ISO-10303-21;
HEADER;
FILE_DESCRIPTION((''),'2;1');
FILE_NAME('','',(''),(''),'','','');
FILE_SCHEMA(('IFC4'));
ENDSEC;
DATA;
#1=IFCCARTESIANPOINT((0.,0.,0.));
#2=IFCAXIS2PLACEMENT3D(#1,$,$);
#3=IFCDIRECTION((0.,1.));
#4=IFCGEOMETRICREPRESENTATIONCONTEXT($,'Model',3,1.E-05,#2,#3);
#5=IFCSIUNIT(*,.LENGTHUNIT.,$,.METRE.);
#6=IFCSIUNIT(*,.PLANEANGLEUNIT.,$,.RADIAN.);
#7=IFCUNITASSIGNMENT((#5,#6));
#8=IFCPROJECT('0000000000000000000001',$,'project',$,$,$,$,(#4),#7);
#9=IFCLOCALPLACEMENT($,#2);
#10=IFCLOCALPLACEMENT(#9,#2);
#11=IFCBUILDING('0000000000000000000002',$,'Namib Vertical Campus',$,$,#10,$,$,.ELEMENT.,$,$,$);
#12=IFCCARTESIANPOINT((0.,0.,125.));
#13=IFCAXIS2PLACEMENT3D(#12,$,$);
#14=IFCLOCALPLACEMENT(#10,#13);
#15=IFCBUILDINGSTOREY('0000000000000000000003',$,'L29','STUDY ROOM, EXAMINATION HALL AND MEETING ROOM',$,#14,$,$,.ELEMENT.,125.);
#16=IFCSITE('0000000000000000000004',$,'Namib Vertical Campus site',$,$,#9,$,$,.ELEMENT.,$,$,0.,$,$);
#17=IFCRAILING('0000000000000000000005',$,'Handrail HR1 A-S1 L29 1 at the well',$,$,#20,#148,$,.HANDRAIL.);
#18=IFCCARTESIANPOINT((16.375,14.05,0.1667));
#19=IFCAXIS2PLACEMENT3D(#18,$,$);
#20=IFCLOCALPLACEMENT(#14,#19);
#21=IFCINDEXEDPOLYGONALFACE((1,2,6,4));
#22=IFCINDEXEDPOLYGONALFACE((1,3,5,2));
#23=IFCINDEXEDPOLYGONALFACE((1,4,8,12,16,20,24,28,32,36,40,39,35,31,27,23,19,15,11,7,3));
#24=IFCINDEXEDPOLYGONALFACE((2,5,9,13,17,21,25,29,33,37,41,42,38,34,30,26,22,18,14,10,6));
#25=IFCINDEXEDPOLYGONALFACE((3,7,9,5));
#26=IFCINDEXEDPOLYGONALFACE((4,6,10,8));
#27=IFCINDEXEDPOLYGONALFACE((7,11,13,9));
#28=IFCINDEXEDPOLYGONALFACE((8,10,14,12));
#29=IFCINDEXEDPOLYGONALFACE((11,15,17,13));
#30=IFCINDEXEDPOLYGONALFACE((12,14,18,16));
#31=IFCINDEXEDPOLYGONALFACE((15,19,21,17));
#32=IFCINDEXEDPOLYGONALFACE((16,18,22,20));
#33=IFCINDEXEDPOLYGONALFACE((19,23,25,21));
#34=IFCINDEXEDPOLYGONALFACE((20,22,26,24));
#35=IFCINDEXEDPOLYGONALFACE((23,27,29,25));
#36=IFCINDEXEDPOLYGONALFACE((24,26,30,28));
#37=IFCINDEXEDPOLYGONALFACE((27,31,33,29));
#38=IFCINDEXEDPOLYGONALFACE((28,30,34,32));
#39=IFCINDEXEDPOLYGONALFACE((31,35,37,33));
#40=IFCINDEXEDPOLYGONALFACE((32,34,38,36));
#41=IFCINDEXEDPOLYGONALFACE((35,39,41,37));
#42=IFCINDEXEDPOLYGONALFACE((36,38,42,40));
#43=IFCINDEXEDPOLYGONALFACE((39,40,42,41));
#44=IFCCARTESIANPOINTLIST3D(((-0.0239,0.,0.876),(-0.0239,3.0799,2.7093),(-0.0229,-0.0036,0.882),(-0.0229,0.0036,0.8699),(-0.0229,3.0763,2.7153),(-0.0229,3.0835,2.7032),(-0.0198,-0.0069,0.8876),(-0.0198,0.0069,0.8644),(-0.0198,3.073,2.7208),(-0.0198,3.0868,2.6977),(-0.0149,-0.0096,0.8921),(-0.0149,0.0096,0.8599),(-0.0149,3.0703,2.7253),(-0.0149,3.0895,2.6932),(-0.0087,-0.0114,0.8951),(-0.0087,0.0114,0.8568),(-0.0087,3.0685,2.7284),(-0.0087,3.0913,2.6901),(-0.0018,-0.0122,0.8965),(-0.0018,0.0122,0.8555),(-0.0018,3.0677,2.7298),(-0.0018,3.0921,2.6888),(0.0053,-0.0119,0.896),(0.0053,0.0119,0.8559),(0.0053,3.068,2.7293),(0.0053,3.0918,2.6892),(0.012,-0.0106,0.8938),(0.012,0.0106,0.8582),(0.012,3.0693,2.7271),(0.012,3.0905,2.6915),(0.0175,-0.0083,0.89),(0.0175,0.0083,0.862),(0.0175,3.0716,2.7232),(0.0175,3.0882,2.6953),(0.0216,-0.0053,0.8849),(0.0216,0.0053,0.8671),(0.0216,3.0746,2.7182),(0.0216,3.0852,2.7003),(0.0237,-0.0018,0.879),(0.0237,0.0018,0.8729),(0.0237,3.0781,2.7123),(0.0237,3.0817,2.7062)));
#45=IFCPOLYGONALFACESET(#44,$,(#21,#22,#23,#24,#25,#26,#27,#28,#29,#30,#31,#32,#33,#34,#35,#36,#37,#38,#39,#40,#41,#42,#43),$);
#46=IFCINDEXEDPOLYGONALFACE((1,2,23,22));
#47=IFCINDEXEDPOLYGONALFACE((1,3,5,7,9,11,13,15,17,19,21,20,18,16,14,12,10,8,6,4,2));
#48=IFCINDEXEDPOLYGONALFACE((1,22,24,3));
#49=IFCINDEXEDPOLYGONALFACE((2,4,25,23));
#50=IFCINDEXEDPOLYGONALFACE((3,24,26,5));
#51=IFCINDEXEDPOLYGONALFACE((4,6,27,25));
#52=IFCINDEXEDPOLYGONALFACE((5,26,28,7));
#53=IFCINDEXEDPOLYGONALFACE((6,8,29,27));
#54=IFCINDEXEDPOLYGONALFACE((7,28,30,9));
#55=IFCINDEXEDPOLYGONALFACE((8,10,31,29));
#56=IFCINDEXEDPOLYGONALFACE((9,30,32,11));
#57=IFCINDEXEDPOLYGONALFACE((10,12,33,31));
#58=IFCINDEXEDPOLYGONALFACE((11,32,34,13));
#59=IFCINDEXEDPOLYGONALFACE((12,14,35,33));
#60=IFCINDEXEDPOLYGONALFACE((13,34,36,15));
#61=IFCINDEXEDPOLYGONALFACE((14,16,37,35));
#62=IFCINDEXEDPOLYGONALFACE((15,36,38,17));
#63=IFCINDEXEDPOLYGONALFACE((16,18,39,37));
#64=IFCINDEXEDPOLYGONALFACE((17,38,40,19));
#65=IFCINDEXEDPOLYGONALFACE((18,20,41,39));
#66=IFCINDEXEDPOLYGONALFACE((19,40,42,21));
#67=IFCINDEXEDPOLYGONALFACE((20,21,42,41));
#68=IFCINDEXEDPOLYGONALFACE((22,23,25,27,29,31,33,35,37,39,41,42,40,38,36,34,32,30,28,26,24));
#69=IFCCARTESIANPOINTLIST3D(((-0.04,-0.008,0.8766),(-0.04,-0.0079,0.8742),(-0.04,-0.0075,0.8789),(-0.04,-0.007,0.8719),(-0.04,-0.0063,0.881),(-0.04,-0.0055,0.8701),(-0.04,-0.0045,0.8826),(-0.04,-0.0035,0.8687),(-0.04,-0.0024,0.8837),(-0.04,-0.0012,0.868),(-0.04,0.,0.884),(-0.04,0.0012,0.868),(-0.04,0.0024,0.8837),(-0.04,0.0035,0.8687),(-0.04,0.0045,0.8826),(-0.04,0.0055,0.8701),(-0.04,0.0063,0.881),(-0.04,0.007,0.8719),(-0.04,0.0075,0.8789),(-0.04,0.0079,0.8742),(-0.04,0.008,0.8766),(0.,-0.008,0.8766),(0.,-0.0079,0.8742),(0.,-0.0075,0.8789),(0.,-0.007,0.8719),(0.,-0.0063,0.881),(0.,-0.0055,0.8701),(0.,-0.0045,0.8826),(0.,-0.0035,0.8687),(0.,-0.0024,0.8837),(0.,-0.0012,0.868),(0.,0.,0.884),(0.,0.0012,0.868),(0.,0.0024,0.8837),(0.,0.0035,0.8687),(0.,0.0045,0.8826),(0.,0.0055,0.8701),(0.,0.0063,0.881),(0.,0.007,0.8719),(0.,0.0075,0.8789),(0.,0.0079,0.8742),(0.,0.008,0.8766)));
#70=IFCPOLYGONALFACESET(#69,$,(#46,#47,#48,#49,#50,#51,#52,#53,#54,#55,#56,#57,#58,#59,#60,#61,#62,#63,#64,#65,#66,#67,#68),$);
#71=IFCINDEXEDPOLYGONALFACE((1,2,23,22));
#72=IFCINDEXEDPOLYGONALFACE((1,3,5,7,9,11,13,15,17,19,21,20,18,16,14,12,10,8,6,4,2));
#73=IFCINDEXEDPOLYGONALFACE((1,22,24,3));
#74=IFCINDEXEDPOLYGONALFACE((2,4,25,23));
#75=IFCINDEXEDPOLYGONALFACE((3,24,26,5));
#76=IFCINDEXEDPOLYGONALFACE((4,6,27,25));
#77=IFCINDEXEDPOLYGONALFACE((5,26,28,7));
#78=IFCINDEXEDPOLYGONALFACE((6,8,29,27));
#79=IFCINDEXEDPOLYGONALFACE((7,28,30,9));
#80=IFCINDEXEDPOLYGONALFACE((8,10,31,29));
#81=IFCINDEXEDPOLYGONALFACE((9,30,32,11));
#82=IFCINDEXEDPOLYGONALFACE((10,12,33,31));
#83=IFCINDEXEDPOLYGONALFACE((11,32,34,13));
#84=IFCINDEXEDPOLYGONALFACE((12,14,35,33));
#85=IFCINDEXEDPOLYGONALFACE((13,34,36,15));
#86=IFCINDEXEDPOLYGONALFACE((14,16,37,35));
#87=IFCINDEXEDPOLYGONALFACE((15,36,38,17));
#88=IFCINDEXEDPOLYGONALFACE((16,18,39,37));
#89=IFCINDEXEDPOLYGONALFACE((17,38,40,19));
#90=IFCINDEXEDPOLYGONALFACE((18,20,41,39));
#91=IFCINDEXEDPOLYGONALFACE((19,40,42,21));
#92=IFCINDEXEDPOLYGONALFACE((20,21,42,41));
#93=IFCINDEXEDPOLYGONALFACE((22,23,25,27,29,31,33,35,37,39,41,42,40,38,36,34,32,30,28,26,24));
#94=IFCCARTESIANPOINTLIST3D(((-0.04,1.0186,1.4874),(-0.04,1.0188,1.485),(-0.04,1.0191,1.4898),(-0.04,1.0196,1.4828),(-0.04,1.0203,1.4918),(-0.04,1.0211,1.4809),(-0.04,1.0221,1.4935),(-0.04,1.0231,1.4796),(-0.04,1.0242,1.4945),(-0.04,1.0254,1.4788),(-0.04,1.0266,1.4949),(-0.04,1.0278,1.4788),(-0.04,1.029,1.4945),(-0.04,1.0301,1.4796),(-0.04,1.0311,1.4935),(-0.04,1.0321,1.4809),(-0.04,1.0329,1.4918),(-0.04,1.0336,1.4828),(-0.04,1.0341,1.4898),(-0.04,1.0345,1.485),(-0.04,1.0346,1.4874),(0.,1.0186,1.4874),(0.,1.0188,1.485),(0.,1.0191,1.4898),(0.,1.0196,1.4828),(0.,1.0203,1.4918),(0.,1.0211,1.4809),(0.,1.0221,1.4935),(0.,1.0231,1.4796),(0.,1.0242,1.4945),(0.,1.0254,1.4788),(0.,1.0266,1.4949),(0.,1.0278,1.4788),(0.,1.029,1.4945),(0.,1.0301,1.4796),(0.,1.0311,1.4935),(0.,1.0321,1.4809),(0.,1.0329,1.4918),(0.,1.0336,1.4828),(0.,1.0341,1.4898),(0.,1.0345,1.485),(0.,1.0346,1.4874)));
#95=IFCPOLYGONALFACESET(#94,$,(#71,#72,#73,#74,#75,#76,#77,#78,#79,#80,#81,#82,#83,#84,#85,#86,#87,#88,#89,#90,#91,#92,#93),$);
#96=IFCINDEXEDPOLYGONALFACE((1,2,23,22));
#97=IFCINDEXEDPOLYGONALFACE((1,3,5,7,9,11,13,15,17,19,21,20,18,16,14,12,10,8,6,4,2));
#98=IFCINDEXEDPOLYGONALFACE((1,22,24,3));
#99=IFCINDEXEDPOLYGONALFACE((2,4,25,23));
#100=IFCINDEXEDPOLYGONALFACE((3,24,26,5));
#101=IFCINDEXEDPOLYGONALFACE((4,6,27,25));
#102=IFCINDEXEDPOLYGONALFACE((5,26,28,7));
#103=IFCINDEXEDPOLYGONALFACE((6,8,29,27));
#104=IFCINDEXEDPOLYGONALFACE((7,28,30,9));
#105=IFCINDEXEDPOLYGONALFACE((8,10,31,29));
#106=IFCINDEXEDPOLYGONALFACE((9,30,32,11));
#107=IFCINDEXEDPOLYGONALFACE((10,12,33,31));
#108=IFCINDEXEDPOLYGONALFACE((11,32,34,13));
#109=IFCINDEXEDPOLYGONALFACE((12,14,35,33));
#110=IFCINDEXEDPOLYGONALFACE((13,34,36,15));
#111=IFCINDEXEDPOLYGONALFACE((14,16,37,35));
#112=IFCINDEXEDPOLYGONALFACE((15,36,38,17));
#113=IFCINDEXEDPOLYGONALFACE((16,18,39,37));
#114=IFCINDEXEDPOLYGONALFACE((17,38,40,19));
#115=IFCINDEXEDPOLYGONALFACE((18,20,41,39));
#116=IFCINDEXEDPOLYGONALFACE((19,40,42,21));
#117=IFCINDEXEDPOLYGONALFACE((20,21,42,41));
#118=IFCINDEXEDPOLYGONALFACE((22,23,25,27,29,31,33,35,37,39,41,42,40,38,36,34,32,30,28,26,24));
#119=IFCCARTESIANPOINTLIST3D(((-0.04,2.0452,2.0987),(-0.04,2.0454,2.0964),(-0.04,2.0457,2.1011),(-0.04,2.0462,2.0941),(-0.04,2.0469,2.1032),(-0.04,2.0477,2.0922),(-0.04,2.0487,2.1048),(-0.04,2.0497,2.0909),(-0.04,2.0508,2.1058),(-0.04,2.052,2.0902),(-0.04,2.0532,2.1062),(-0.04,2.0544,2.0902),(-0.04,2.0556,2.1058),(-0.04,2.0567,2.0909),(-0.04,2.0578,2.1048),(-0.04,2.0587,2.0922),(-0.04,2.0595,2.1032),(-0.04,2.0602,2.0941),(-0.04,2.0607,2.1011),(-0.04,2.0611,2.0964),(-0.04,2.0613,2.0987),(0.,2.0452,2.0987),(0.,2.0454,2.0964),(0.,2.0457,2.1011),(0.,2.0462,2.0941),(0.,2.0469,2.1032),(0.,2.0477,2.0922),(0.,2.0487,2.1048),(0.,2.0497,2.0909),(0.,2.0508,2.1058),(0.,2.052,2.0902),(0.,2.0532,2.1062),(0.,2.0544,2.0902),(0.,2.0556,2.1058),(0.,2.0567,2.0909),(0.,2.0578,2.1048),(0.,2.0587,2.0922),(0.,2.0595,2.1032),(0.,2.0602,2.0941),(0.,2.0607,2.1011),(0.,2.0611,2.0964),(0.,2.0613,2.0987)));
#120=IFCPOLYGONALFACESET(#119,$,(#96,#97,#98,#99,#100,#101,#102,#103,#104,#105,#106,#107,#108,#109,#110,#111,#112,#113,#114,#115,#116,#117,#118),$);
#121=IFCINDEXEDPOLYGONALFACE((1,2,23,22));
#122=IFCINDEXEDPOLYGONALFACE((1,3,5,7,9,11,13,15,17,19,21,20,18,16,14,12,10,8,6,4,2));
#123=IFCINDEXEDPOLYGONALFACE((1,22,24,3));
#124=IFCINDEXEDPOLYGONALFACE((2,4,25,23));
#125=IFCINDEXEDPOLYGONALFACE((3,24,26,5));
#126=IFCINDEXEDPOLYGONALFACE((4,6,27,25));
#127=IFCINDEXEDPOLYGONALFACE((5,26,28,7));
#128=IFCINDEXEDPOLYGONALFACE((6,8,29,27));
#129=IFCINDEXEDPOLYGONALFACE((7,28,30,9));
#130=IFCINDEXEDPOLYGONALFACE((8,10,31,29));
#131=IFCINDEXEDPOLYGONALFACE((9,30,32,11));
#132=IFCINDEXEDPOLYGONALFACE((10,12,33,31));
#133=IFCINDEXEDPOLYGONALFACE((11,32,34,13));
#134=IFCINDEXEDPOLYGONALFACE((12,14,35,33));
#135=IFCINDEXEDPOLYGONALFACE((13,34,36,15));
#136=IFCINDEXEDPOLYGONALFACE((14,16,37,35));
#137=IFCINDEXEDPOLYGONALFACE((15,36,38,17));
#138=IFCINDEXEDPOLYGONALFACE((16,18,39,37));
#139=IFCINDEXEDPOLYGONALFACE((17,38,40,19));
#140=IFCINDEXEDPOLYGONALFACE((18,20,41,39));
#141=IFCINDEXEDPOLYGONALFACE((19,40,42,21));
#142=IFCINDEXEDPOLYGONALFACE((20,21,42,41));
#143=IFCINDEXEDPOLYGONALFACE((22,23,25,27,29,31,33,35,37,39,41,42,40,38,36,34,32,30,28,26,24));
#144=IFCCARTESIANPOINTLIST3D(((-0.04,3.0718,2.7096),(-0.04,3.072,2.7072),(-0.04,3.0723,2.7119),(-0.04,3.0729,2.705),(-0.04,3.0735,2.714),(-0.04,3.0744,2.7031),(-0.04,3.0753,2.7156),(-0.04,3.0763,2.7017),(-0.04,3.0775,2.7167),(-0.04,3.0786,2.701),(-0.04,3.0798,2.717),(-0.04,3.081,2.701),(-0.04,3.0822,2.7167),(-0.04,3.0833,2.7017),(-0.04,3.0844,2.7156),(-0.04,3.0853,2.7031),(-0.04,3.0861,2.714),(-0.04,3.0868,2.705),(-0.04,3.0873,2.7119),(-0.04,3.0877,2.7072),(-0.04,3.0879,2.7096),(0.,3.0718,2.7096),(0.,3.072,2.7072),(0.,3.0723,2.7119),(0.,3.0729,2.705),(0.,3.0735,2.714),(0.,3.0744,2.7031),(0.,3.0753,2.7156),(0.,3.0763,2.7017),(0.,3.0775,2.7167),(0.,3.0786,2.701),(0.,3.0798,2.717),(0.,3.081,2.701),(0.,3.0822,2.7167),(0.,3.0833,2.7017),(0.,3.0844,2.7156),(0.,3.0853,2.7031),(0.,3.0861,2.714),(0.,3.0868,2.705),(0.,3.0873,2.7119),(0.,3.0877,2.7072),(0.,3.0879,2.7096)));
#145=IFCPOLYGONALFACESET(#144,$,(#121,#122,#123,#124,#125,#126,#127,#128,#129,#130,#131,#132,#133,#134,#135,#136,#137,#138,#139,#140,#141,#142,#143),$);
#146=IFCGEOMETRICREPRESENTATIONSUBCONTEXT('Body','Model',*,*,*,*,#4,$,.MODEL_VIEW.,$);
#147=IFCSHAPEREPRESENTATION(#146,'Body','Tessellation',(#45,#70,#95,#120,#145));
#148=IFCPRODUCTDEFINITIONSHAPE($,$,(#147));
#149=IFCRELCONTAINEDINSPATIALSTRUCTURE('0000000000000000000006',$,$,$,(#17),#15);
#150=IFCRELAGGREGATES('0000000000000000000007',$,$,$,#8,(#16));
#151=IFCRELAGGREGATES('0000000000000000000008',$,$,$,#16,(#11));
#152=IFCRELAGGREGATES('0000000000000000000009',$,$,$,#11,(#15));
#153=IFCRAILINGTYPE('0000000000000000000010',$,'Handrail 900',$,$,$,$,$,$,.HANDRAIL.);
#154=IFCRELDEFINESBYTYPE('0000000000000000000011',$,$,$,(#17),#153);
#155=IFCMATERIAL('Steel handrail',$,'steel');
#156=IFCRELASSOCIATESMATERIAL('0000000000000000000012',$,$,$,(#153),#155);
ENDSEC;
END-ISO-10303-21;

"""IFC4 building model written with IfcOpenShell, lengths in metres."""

from ifc_helpers import new_model, si_unit, direction, frame, origin, origin_2d, place, context, subcontext, project, spatial, circle, extrude, material, type_object, element, save


model = new_model("IFC4")

# Units and contexts
model_context = context("Model", 3, precision=1e-05, world=origin(), true_north=direction((0.0, 1.0)))
body_context = subcontext(model_context, "Body", "Model", "MODEL_VIEW")
ifc_project = project(units=[si_unit("LENGTHUNIT", "METRE"), si_unit("PLANEANGLEUNIT", "RADIAN")], contexts=[model_context])

# Site, building, storey
site_placement = place(None, origin())
site = spatial("IfcSite", under=ifc_project, at=site_placement, Name="Namib Vertical Campus site", CompositionType="ELEMENT", RefElevation=0.0)
building_placement = place(site_placement, origin())
building = spatial("IfcBuilding", under=site, at=building_placement, Name="Namib Vertical Campus", CompositionType="ELEMENT")
storey_placement = place(building_placement, frame((0.0, 0.0, 125.0)))
storey = spatial("IfcBuildingStorey", under=building, at=storey_placement, Name="L29", Description="STUDY ROOM, EXAMINATION HALL AND MEETING ROOM", CompositionType="ELEMENT", Elevation=125.0)

# Railing
ifc_material_1 = material(Name="Steel handrail", Category="steel")
railing_type_1 = type_object("IfcRailingType", Name="Handrail 900", PredefinedType="HANDRAIL", material=ifc_material_1)
railing_1_placement = place(storey_placement, frame((16.375, 14.05, 0.1667)))
element("IfcRailing", 1, at=railing_1_placement, inside=storey, type_object=railing_type_1, Name="Handrail HR1 A-S1 L29 1 at the well", PredefinedType="HANDRAIL", context=body_context, shape_type="SweptSolid", body=[
    extrude(circle(Radius=0.0239, at=origin_2d()), frame((0.0, 0.0, 0.876), z_axis=(0.0, 0.859291, 0.511487), x_axis=(-1.0, 0.0, 0.0)), (0.0, 0.0, 1.0), 3.5842),
    extrude(circle(Radius=0.0081, at=origin_2d()), frame((0.0, 0.0, 0.876), z_axis=(-1.0, 0.0, 0.0), x_axis=(0.0, 0.0, 1.0)), (0.0, 0.0, 1.0), 0.04),
    extrude(circle(Radius=0.0081, at=origin_2d()), frame((0.0, 1.0266, 1.4868), z_axis=(-1.0, 0.0, 0.0), x_axis=(0.0, 0.0, 1.0)), (0.0, 0.0, 1.0), 0.04),
    extrude(circle(Radius=0.0081, at=origin_2d()), frame((0.0, 2.0532, 2.0981), z_axis=(-1.0, 0.0, 0.0), x_axis=(0.0, 0.0, 1.0)), (0.0, 0.0, 1.0), 0.04),
    extrude(circle(Radius=0.0081, at=origin_2d()), frame((0.0, 3.0798, 2.709), z_axis=(-1.0, 0.0, 0.0), x_axis=(0.0, 0.0, 1.0)), (0.0, 0.0, 1.0), 0.04),
])

save(model, "model.ifc")
